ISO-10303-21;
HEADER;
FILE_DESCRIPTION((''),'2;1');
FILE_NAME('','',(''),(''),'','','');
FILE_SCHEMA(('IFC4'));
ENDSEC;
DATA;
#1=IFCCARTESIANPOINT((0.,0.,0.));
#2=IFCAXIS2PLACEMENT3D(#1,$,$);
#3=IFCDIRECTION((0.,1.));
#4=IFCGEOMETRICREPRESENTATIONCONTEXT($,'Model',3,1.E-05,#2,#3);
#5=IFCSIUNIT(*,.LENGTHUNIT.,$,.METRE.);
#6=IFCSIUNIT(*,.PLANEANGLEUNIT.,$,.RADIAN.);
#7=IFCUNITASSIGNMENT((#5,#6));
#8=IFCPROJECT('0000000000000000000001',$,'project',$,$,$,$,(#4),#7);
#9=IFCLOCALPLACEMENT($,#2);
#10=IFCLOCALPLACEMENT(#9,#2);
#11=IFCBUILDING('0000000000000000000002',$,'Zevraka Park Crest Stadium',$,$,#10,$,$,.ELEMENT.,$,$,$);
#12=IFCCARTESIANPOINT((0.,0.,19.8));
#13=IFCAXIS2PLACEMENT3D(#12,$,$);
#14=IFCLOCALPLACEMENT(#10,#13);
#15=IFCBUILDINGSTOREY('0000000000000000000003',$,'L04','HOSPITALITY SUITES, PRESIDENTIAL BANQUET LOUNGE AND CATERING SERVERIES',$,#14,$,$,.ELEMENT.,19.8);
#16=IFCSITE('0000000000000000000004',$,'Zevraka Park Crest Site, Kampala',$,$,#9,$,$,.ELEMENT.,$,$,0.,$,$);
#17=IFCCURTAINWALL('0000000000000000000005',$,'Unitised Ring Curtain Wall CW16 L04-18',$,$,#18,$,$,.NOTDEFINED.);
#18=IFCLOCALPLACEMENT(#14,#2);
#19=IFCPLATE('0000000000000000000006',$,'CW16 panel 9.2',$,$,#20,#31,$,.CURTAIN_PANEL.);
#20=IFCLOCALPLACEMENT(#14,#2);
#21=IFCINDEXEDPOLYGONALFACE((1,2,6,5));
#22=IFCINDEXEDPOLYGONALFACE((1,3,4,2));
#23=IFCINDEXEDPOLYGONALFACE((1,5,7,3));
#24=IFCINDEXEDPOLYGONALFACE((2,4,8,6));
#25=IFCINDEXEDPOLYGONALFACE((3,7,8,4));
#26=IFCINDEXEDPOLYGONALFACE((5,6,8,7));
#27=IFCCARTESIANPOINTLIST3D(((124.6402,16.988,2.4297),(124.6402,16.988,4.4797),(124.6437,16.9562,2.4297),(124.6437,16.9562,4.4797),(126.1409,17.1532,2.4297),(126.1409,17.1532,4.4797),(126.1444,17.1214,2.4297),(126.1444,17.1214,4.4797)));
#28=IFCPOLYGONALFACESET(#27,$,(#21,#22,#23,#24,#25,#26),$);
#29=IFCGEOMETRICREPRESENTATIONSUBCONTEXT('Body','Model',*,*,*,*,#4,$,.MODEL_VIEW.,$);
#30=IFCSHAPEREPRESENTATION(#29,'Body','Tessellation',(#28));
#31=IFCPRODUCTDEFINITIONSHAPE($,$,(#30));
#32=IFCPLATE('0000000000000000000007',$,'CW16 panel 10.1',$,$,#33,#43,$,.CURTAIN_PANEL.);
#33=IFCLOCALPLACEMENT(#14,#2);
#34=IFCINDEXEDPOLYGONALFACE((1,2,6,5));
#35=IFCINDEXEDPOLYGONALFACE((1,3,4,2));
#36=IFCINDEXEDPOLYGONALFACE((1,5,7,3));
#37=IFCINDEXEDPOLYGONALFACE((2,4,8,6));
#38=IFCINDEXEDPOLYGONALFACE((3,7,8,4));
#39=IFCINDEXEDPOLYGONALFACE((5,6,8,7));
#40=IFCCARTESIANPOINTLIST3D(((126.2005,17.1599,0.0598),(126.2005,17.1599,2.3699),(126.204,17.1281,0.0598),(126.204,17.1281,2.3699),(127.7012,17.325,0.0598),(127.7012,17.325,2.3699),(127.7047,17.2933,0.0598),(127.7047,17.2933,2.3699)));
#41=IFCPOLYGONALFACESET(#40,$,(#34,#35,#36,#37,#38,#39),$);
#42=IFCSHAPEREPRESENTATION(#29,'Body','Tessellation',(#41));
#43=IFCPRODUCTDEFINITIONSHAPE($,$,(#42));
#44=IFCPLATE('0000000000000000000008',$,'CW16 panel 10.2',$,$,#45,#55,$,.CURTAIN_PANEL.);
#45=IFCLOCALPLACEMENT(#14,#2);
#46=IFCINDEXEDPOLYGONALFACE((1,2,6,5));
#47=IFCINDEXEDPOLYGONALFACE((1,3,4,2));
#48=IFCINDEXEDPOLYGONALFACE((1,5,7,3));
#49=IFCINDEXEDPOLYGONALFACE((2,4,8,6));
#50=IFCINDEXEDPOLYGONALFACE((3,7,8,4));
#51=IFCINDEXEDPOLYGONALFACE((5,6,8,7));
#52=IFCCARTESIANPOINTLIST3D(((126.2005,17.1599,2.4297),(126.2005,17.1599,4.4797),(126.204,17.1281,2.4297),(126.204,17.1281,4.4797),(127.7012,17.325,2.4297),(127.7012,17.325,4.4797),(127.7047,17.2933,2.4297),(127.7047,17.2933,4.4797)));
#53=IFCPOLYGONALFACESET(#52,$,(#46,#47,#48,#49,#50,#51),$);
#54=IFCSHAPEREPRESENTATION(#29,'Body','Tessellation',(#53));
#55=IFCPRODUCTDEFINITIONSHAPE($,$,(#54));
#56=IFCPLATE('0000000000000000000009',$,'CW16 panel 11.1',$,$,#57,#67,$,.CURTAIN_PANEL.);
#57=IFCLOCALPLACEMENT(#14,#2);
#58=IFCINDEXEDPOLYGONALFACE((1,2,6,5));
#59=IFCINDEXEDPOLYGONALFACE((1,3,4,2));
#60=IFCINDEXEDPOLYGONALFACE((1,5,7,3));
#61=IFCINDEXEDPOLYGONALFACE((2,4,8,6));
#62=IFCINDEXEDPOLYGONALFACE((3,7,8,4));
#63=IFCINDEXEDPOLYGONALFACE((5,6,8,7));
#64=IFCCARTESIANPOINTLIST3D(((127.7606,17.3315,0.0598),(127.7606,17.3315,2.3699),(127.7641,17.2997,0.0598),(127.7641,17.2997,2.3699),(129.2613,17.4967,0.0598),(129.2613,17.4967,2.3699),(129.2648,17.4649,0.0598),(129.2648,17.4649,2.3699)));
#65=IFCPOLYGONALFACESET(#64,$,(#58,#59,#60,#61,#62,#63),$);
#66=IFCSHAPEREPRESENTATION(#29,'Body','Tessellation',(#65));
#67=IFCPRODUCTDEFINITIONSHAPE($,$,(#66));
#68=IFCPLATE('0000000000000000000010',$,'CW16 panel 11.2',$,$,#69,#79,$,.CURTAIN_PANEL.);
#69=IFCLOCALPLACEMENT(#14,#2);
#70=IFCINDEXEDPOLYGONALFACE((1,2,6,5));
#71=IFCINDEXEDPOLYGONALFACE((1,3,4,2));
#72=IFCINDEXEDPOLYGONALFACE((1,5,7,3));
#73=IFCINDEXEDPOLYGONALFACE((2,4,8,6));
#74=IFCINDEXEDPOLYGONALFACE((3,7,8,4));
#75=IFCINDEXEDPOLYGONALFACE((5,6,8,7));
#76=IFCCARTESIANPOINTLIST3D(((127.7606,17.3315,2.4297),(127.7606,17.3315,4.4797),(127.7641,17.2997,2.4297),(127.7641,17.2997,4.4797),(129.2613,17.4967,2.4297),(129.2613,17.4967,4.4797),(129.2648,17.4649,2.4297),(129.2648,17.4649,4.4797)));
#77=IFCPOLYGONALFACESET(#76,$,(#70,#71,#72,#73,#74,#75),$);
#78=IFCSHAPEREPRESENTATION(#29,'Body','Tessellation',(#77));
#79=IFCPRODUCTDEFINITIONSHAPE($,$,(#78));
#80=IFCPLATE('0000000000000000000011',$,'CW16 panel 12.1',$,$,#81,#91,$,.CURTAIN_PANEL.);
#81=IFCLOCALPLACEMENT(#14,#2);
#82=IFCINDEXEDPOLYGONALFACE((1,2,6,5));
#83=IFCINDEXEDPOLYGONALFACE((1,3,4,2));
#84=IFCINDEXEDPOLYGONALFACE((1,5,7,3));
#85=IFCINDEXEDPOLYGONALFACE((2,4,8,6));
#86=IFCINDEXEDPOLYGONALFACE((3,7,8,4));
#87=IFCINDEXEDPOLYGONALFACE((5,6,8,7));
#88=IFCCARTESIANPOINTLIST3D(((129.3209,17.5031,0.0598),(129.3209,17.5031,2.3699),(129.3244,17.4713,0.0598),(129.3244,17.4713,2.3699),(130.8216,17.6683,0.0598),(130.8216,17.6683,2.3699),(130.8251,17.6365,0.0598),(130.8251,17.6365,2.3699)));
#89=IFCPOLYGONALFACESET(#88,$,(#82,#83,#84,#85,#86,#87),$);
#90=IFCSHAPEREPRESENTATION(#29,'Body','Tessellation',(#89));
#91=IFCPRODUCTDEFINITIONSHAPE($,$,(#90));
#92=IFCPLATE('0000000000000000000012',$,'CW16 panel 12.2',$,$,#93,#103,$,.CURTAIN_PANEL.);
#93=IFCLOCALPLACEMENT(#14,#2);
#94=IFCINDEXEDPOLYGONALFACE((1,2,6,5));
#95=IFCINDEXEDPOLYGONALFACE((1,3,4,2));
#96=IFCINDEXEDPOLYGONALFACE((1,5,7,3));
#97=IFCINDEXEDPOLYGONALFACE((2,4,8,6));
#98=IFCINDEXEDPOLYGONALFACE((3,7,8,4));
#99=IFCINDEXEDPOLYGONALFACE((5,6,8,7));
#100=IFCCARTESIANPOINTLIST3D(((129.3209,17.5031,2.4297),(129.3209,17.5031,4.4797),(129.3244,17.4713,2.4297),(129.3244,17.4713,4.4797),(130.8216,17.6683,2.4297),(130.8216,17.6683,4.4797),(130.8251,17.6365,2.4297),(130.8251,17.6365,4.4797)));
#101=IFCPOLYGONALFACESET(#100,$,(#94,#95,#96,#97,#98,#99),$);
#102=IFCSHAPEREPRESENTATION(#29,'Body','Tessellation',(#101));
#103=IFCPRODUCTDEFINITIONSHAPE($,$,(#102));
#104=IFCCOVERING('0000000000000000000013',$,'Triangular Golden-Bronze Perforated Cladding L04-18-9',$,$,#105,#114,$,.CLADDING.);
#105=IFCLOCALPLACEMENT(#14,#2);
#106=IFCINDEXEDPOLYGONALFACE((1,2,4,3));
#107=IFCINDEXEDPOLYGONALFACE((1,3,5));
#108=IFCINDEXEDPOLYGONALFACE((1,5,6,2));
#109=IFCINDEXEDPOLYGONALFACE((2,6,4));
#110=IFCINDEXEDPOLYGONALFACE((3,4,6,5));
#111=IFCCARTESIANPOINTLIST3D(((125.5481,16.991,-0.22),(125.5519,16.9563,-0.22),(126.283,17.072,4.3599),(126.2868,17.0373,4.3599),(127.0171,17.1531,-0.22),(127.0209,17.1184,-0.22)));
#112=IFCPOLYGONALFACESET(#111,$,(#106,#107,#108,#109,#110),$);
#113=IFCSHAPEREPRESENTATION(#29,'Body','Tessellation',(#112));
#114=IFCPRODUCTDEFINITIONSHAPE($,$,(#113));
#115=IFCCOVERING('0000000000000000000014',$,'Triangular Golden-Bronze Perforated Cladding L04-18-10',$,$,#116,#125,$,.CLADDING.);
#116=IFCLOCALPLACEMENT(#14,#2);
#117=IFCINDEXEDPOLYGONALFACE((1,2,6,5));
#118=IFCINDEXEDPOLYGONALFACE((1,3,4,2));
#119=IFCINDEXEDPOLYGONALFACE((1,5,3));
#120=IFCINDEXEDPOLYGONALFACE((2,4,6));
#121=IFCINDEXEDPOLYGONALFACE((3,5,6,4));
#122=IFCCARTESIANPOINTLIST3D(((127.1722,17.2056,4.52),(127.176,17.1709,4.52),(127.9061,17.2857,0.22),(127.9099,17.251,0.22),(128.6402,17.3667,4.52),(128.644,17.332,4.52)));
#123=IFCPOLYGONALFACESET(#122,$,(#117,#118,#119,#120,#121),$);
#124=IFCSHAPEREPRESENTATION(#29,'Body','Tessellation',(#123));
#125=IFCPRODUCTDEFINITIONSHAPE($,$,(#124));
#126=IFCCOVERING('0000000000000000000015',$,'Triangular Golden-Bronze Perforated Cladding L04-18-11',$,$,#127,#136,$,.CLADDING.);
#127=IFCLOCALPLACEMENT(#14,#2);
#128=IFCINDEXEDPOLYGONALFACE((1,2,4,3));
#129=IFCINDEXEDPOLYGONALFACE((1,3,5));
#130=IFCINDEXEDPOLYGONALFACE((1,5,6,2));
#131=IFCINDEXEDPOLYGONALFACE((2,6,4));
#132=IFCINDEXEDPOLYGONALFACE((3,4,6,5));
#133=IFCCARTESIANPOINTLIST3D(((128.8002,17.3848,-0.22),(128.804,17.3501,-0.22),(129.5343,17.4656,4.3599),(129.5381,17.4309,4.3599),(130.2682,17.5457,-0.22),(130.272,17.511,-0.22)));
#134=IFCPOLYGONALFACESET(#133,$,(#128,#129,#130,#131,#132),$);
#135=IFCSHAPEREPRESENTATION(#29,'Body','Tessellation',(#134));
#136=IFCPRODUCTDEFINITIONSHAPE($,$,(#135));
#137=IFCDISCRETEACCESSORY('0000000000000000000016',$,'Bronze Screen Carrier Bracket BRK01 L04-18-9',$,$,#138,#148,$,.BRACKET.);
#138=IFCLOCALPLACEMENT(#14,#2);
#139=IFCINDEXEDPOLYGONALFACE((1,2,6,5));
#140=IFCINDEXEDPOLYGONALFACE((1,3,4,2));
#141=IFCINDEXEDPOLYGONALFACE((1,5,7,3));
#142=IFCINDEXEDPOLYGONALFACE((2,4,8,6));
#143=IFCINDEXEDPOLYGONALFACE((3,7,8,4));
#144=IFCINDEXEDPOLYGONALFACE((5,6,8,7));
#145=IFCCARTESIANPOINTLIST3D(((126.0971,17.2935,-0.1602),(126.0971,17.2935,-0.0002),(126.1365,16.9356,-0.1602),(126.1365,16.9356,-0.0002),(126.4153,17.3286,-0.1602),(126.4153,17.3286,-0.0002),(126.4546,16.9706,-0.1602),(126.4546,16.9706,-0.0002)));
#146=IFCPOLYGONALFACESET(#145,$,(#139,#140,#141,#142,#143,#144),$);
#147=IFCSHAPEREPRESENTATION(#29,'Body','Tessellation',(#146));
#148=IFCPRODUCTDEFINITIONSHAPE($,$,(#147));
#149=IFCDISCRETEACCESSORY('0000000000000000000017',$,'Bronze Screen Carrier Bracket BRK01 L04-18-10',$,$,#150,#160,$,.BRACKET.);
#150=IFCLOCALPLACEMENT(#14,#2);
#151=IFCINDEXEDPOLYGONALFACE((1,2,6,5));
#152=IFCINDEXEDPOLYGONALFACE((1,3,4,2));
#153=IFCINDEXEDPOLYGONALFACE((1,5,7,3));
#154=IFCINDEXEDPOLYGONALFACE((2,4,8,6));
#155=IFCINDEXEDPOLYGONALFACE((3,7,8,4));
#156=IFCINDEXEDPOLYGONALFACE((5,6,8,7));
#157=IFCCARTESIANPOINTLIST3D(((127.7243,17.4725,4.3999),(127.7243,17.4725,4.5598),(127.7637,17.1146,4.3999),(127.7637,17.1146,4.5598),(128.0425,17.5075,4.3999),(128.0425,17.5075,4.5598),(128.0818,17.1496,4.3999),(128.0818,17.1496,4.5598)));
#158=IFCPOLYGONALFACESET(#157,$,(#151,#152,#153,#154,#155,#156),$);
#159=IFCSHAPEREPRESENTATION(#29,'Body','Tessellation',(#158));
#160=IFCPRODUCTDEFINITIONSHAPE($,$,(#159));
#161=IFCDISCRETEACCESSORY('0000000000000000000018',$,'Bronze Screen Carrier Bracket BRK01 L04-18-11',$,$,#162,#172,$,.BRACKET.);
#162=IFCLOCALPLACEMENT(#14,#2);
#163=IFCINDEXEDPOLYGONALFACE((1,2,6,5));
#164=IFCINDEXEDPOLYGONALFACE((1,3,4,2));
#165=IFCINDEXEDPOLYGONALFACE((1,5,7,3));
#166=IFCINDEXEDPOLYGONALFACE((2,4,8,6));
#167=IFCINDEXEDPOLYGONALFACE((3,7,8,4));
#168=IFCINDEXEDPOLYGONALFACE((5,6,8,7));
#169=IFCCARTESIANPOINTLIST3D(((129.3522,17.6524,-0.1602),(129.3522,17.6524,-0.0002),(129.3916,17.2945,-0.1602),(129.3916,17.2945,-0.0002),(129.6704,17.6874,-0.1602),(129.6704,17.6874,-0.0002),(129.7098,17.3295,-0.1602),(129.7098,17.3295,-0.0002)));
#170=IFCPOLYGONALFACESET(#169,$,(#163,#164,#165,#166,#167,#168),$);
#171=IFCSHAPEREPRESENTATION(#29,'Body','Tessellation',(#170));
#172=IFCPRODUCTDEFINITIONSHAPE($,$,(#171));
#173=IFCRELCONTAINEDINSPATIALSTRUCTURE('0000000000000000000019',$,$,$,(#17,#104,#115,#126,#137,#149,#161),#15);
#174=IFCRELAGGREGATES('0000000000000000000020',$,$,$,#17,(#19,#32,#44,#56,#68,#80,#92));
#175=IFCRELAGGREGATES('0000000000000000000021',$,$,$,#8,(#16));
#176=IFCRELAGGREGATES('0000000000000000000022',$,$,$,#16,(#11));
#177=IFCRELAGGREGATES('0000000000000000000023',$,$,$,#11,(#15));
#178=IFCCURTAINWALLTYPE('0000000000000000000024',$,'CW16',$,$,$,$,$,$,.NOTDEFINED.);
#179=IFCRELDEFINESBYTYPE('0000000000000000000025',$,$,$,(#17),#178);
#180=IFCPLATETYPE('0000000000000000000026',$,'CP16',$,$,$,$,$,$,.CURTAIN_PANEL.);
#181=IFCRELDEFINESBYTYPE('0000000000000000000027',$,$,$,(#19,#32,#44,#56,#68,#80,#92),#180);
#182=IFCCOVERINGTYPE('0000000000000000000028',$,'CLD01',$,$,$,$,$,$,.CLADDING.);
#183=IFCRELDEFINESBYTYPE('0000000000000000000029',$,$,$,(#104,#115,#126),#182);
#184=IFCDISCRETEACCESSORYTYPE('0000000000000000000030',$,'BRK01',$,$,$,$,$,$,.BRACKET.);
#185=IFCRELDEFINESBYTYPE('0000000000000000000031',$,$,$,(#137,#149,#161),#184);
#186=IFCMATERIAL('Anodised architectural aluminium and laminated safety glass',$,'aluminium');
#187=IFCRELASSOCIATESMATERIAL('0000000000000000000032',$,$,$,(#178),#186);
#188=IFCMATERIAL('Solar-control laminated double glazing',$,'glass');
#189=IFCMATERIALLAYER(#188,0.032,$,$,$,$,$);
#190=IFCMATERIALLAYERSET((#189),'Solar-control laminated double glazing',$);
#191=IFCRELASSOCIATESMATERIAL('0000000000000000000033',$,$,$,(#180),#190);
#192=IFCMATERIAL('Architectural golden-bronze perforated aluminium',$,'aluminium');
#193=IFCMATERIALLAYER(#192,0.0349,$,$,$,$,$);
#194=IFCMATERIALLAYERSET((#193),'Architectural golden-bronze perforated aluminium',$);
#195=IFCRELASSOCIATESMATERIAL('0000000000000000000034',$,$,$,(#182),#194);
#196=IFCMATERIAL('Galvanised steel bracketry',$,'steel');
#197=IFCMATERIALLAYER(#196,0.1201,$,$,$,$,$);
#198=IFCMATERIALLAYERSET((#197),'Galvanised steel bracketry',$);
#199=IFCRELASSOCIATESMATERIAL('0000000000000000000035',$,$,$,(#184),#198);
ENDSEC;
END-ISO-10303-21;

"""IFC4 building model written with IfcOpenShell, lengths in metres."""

from ifc_helpers import new_model, si_unit, direction, frame, origin, origin_2d, place, context, subcontext, project, spatial, polyline, rectangle, outline, extrude, material, layer, layer_set, type_object, element, aggregate, save


model = new_model("IFC4")

# Units and contexts
model_context = context("Model", 3, precision=1e-05, world=origin(), true_north=direction((0.0, 1.0)))
body_context = subcontext(model_context, "Body", "Model", "MODEL_VIEW")
ifc_project = project(units=[si_unit("LENGTHUNIT", "METRE"), si_unit("PLANEANGLEUNIT", "RADIAN")], contexts=[model_context])

# Site, building, storey
site_placement = place(None, origin())
site = spatial("IfcSite", under=ifc_project, at=site_placement, Name="Zevraka Park Crest Site, Kampala", CompositionType="ELEMENT", RefElevation=0.0)
building_placement = place(site_placement, origin())
building = spatial("IfcBuilding", under=site, at=building_placement, Name="Zevraka Park Crest Stadium", CompositionType="ELEMENT")
storey_placement = place(building_placement, frame((0.0, 0.0, 19.8)))
storey = spatial("IfcBuildingStorey", under=building, at=storey_placement, Name="L04", Description="HOSPITALITY SUITES, PRESIDENTIAL BANQUET LOUNGE AND CATERING SERVERIES", CompositionType="ELEMENT", Elevation=19.8)

# Curtain wall, plates
ifc_material_1 = material(Name="Anodised architectural aluminium and laminated safety glass", Category="aluminium")
curtain_wall_type = type_object("IfcCurtainWallType", Name="CW16", PredefinedType="NOTDEFINED", material=ifc_material_1)
curtain_wall_placement = place(storey_placement, origin())
curtain_wall = element("IfcCurtainWall", 1, at=curtain_wall_placement, inside=storey, type_object=curtain_wall_type, Name="Unitised Ring Curtain Wall CW16 L04-18", PredefinedType="NOTDEFINED")
ifc_material_2 = material(Name="Solar-control laminated double glazing", Category="glass")
ifc_layer_1 = layer(ifc_material_2, 0.032)
ifc_layer_set_1 = layer_set([ifc_layer_1], Name="Solar-control laminated double glazing")
plate_type = type_object("IfcPlateType", Name="CP16", PredefinedType="CURTAIN_PANEL", material=ifc_layer_set_1)
plate_1_placement = place(storey_placement, frame((125.3923, 17.0547, 2.4297), z_axis=(0.0, 0.0, 1.0), x_axis=(0.993997, 0.109406, 0.0)))
plate_1 = element("IfcPlate", 2, at=plate_1_placement, type_object=plate_type, Name="CW16 panel 9.2", PredefinedType="CURTAIN_PANEL", context=body_context, shape_type="SweptSolid", body=[
    extrude(rectangle(XDim=1.5098, YDim=0.032, at=origin_2d()), origin(), (0.0, 0.0, 1.0), 2.05),
])
plate_2_placement = place(storey_placement, frame((126.9526, 17.2266, 0.0598), z_axis=(0.0, 0.0, 1.0), x_axis=(0.993997, 0.109406, 0.0)))
plate_2 = element("IfcPlate", 3, at=plate_2_placement, type_object=plate_type, Name="CW16 panel 10.1", PredefinedType="CURTAIN_PANEL", context=body_context, shape_type="SweptSolid", body=[
    extrude(rectangle(XDim=1.5098, YDim=0.032, at=origin_2d()), origin(), (0.0, 0.0, 1.0), 2.3101),
])
plate_3_placement = place(storey_placement, frame((126.9526, 17.2266, 2.4297), z_axis=(0.0, 0.0, 1.0), x_axis=(0.993997, 0.109406, 0.0)))
plate_3 = element("IfcPlate", 4, at=plate_3_placement, type_object=plate_type, Name="CW16 panel 10.2", PredefinedType="CURTAIN_PANEL", context=body_context, shape_type="SweptSolid", body=[
    extrude(rectangle(XDim=1.5098, YDim=0.032, at=origin_2d()), origin(), (0.0, 0.0, 1.0), 2.05),
])
plate_4_placement = place(storey_placement, frame((128.5127, 17.3982, 0.0598), z_axis=(0.0, 0.0, 1.0), x_axis=(0.993997, 0.109406, 0.0)))
plate_4 = element("IfcPlate", 5, at=plate_4_placement, type_object=plate_type, Name="CW16 panel 11.1", PredefinedType="CURTAIN_PANEL", context=body_context, shape_type="SweptSolid", body=[
    extrude(rectangle(XDim=1.5098, YDim=0.032, at=origin_2d()), origin(), (0.0, 0.0, 1.0), 2.3101),
])
plate_5_placement = place(storey_placement, frame((128.5127, 17.3982, 2.4297), z_axis=(0.0, 0.0, 1.0), x_axis=(0.993997, 0.109406, 0.0)))
plate_5 = element("IfcPlate", 6, at=plate_5_placement, type_object=plate_type, Name="CW16 panel 11.2", PredefinedType="CURTAIN_PANEL", context=body_context, shape_type="SweptSolid", body=[
    extrude(rectangle(XDim=1.5098, YDim=0.032, at=origin_2d()), origin(), (0.0, 0.0, 1.0), 2.05),
])
plate_6_placement = place(storey_placement, frame((130.073, 17.5698, 0.0598), z_axis=(0.0, 0.0, 1.0), x_axis=(0.993997, 0.109406, 0.0)))
plate_6 = element("IfcPlate", 7, at=plate_6_placement, type_object=plate_type, Name="CW16 panel 12.1", PredefinedType="CURTAIN_PANEL", context=body_context, shape_type="SweptSolid", body=[
    extrude(rectangle(XDim=1.5098, YDim=0.032, at=origin_2d()), origin(), (0.0, 0.0, 1.0), 2.3101),
])
plate_7_placement = place(storey_placement, frame((130.073, 17.5698, 2.4297), z_axis=(0.0, 0.0, 1.0), x_axis=(0.993997, 0.109406, 0.0)))
plate_7 = element("IfcPlate", 8, at=plate_7_placement, type_object=plate_type, Name="CW16 panel 12.2", PredefinedType="CURTAIN_PANEL", context=body_context, shape_type="SweptSolid", body=[
    extrude(rectangle(XDim=1.5098, YDim=0.032, at=origin_2d()), origin(), (0.0, 0.0, 1.0), 2.05),
])
aggregate(curtain_wall, [plate_1, plate_2, plate_3, plate_4, plate_5, plate_6, plate_7])

# Coverings
ifc_material_3 = material(Name="Architectural golden-bronze perforated aluminium", Category="aluminium")
ifc_layer_2 = layer(ifc_material_3, 0.0349)
ifc_layer_set_2 = layer_set([ifc_layer_2], Name="Architectural golden-bronze perforated aluminium")
covering_type = type_object("IfcCoveringType", Name="CLD01", PredefinedType="CLADDING", material=ifc_layer_set_2)
covering_1_placement = place(storey_placement, frame((125.5481, 16.991, -0.22), z_axis=(-0.109688, 0.993966, 0.000009), x_axis=(0.993966, 0.109688, 0.0)))
element("IfcCovering", 9, at=covering_1_placement, inside=storey, type_object=covering_type, Name="Triangular Golden-Bronze Perforated Cladding L04-18-9", PredefinedType="CLADDING", context=body_context, shape_type="SweptSolid", body=[
    extrude(outline(polyline([(0.0, 0.0), (1.4779, 0.0), (0.7393, -4.5798), (0.0, 0.0)])), origin(), (0.0, 0.0, -1.0), 0.0349),
])
covering_2_placement = place(storey_placement, frame((128.644, 17.332, 4.52), z_axis=(0.109107, -0.99403, 0.00011), x_axis=(-0.99403, -0.109107, 0.0)))
element("IfcCovering", 10, at=covering_2_placement, inside=storey, type_object=covering_type, Name="Triangular Golden-Bronze Perforated Cladding L04-18-10", PredefinedType="CLADDING", context=body_context, shape_type="SweptSolid", body=[
    extrude(outline(polyline([(0.0, 0.0), (1.4768, 0.0), (0.7386, 4.3), (0.0, 0.0)])), origin(), (0.0, 0.0, -1.0), 0.0349),
])
covering_3_placement = place(storey_placement, frame((128.804, 17.3501, -0.22), z_axis=(0.108944, -0.994048, 0.000077), x_axis=(0.994048, 0.108944, 0.0)))
element("IfcCovering", 11, at=covering_3_placement, inside=storey, type_object=covering_type, Name="Triangular Golden-Bronze Perforated Cladding L04-18-11", PredefinedType="CLADDING", context=body_context, shape_type="SweptSolid", body=[
    extrude(outline(polyline([(0.0, 0.0), (1.4768, 0.0), (0.7386, 4.5798), (0.0, 0.0)])), origin(), (0.0, 0.0, -1.0), 0.0349),
])

# Discrete accessories
ifc_material_4 = material(Name="Galvanised steel bracketry", Category="steel")
ifc_layer_3 = layer(ifc_material_4, 0.1201)
ifc_layer_set_3 = layer_set([ifc_layer_3], Name="Galvanised steel bracketry")
discrete_accessory_type = type_object("IfcDiscreteAccessoryType", Name="BRK01", PredefinedType="BRACKET", material=ifc_layer_set_3)
for number, where, z_axis, x_axis, name in (
    (12, (126.2759, 17.1321, -0.1602), (0.0, 0.0, 1.0), (0.993999, 0.109387, 0.0), "Bronze Screen Carrier Bracket BRK01 L04-18-9"),
    (13, (127.9031, 17.311, 4.3999), (0.0, 0.0, 1.0), (0.993999, 0.109387, 0.0), "Bronze Screen Carrier Bracket BRK01 L04-18-10"),
    (14, (129.531, 17.491, -0.1602), (0.0, 0.0, 1.0), (0.993999, 0.109387, 0.0), "Bronze Screen Carrier Bracket BRK01 L04-18-11"),
):
    element("IfcDiscreteAccessory", number, at=place(storey_placement, frame(where, z_axis=z_axis, x_axis=x_axis)), inside=storey, type_object=discrete_accessory_type, Name=name, PredefinedType="BRACKET", context=body_context, shape_type="SweptSolid", body=[
        extrude(rectangle(XDim=0.3201, YDim=0.3601, at=origin_2d()), origin(), (0.0, 0.0, 1.0), 0.1599),
    ])

save(model, "model.ifc")
